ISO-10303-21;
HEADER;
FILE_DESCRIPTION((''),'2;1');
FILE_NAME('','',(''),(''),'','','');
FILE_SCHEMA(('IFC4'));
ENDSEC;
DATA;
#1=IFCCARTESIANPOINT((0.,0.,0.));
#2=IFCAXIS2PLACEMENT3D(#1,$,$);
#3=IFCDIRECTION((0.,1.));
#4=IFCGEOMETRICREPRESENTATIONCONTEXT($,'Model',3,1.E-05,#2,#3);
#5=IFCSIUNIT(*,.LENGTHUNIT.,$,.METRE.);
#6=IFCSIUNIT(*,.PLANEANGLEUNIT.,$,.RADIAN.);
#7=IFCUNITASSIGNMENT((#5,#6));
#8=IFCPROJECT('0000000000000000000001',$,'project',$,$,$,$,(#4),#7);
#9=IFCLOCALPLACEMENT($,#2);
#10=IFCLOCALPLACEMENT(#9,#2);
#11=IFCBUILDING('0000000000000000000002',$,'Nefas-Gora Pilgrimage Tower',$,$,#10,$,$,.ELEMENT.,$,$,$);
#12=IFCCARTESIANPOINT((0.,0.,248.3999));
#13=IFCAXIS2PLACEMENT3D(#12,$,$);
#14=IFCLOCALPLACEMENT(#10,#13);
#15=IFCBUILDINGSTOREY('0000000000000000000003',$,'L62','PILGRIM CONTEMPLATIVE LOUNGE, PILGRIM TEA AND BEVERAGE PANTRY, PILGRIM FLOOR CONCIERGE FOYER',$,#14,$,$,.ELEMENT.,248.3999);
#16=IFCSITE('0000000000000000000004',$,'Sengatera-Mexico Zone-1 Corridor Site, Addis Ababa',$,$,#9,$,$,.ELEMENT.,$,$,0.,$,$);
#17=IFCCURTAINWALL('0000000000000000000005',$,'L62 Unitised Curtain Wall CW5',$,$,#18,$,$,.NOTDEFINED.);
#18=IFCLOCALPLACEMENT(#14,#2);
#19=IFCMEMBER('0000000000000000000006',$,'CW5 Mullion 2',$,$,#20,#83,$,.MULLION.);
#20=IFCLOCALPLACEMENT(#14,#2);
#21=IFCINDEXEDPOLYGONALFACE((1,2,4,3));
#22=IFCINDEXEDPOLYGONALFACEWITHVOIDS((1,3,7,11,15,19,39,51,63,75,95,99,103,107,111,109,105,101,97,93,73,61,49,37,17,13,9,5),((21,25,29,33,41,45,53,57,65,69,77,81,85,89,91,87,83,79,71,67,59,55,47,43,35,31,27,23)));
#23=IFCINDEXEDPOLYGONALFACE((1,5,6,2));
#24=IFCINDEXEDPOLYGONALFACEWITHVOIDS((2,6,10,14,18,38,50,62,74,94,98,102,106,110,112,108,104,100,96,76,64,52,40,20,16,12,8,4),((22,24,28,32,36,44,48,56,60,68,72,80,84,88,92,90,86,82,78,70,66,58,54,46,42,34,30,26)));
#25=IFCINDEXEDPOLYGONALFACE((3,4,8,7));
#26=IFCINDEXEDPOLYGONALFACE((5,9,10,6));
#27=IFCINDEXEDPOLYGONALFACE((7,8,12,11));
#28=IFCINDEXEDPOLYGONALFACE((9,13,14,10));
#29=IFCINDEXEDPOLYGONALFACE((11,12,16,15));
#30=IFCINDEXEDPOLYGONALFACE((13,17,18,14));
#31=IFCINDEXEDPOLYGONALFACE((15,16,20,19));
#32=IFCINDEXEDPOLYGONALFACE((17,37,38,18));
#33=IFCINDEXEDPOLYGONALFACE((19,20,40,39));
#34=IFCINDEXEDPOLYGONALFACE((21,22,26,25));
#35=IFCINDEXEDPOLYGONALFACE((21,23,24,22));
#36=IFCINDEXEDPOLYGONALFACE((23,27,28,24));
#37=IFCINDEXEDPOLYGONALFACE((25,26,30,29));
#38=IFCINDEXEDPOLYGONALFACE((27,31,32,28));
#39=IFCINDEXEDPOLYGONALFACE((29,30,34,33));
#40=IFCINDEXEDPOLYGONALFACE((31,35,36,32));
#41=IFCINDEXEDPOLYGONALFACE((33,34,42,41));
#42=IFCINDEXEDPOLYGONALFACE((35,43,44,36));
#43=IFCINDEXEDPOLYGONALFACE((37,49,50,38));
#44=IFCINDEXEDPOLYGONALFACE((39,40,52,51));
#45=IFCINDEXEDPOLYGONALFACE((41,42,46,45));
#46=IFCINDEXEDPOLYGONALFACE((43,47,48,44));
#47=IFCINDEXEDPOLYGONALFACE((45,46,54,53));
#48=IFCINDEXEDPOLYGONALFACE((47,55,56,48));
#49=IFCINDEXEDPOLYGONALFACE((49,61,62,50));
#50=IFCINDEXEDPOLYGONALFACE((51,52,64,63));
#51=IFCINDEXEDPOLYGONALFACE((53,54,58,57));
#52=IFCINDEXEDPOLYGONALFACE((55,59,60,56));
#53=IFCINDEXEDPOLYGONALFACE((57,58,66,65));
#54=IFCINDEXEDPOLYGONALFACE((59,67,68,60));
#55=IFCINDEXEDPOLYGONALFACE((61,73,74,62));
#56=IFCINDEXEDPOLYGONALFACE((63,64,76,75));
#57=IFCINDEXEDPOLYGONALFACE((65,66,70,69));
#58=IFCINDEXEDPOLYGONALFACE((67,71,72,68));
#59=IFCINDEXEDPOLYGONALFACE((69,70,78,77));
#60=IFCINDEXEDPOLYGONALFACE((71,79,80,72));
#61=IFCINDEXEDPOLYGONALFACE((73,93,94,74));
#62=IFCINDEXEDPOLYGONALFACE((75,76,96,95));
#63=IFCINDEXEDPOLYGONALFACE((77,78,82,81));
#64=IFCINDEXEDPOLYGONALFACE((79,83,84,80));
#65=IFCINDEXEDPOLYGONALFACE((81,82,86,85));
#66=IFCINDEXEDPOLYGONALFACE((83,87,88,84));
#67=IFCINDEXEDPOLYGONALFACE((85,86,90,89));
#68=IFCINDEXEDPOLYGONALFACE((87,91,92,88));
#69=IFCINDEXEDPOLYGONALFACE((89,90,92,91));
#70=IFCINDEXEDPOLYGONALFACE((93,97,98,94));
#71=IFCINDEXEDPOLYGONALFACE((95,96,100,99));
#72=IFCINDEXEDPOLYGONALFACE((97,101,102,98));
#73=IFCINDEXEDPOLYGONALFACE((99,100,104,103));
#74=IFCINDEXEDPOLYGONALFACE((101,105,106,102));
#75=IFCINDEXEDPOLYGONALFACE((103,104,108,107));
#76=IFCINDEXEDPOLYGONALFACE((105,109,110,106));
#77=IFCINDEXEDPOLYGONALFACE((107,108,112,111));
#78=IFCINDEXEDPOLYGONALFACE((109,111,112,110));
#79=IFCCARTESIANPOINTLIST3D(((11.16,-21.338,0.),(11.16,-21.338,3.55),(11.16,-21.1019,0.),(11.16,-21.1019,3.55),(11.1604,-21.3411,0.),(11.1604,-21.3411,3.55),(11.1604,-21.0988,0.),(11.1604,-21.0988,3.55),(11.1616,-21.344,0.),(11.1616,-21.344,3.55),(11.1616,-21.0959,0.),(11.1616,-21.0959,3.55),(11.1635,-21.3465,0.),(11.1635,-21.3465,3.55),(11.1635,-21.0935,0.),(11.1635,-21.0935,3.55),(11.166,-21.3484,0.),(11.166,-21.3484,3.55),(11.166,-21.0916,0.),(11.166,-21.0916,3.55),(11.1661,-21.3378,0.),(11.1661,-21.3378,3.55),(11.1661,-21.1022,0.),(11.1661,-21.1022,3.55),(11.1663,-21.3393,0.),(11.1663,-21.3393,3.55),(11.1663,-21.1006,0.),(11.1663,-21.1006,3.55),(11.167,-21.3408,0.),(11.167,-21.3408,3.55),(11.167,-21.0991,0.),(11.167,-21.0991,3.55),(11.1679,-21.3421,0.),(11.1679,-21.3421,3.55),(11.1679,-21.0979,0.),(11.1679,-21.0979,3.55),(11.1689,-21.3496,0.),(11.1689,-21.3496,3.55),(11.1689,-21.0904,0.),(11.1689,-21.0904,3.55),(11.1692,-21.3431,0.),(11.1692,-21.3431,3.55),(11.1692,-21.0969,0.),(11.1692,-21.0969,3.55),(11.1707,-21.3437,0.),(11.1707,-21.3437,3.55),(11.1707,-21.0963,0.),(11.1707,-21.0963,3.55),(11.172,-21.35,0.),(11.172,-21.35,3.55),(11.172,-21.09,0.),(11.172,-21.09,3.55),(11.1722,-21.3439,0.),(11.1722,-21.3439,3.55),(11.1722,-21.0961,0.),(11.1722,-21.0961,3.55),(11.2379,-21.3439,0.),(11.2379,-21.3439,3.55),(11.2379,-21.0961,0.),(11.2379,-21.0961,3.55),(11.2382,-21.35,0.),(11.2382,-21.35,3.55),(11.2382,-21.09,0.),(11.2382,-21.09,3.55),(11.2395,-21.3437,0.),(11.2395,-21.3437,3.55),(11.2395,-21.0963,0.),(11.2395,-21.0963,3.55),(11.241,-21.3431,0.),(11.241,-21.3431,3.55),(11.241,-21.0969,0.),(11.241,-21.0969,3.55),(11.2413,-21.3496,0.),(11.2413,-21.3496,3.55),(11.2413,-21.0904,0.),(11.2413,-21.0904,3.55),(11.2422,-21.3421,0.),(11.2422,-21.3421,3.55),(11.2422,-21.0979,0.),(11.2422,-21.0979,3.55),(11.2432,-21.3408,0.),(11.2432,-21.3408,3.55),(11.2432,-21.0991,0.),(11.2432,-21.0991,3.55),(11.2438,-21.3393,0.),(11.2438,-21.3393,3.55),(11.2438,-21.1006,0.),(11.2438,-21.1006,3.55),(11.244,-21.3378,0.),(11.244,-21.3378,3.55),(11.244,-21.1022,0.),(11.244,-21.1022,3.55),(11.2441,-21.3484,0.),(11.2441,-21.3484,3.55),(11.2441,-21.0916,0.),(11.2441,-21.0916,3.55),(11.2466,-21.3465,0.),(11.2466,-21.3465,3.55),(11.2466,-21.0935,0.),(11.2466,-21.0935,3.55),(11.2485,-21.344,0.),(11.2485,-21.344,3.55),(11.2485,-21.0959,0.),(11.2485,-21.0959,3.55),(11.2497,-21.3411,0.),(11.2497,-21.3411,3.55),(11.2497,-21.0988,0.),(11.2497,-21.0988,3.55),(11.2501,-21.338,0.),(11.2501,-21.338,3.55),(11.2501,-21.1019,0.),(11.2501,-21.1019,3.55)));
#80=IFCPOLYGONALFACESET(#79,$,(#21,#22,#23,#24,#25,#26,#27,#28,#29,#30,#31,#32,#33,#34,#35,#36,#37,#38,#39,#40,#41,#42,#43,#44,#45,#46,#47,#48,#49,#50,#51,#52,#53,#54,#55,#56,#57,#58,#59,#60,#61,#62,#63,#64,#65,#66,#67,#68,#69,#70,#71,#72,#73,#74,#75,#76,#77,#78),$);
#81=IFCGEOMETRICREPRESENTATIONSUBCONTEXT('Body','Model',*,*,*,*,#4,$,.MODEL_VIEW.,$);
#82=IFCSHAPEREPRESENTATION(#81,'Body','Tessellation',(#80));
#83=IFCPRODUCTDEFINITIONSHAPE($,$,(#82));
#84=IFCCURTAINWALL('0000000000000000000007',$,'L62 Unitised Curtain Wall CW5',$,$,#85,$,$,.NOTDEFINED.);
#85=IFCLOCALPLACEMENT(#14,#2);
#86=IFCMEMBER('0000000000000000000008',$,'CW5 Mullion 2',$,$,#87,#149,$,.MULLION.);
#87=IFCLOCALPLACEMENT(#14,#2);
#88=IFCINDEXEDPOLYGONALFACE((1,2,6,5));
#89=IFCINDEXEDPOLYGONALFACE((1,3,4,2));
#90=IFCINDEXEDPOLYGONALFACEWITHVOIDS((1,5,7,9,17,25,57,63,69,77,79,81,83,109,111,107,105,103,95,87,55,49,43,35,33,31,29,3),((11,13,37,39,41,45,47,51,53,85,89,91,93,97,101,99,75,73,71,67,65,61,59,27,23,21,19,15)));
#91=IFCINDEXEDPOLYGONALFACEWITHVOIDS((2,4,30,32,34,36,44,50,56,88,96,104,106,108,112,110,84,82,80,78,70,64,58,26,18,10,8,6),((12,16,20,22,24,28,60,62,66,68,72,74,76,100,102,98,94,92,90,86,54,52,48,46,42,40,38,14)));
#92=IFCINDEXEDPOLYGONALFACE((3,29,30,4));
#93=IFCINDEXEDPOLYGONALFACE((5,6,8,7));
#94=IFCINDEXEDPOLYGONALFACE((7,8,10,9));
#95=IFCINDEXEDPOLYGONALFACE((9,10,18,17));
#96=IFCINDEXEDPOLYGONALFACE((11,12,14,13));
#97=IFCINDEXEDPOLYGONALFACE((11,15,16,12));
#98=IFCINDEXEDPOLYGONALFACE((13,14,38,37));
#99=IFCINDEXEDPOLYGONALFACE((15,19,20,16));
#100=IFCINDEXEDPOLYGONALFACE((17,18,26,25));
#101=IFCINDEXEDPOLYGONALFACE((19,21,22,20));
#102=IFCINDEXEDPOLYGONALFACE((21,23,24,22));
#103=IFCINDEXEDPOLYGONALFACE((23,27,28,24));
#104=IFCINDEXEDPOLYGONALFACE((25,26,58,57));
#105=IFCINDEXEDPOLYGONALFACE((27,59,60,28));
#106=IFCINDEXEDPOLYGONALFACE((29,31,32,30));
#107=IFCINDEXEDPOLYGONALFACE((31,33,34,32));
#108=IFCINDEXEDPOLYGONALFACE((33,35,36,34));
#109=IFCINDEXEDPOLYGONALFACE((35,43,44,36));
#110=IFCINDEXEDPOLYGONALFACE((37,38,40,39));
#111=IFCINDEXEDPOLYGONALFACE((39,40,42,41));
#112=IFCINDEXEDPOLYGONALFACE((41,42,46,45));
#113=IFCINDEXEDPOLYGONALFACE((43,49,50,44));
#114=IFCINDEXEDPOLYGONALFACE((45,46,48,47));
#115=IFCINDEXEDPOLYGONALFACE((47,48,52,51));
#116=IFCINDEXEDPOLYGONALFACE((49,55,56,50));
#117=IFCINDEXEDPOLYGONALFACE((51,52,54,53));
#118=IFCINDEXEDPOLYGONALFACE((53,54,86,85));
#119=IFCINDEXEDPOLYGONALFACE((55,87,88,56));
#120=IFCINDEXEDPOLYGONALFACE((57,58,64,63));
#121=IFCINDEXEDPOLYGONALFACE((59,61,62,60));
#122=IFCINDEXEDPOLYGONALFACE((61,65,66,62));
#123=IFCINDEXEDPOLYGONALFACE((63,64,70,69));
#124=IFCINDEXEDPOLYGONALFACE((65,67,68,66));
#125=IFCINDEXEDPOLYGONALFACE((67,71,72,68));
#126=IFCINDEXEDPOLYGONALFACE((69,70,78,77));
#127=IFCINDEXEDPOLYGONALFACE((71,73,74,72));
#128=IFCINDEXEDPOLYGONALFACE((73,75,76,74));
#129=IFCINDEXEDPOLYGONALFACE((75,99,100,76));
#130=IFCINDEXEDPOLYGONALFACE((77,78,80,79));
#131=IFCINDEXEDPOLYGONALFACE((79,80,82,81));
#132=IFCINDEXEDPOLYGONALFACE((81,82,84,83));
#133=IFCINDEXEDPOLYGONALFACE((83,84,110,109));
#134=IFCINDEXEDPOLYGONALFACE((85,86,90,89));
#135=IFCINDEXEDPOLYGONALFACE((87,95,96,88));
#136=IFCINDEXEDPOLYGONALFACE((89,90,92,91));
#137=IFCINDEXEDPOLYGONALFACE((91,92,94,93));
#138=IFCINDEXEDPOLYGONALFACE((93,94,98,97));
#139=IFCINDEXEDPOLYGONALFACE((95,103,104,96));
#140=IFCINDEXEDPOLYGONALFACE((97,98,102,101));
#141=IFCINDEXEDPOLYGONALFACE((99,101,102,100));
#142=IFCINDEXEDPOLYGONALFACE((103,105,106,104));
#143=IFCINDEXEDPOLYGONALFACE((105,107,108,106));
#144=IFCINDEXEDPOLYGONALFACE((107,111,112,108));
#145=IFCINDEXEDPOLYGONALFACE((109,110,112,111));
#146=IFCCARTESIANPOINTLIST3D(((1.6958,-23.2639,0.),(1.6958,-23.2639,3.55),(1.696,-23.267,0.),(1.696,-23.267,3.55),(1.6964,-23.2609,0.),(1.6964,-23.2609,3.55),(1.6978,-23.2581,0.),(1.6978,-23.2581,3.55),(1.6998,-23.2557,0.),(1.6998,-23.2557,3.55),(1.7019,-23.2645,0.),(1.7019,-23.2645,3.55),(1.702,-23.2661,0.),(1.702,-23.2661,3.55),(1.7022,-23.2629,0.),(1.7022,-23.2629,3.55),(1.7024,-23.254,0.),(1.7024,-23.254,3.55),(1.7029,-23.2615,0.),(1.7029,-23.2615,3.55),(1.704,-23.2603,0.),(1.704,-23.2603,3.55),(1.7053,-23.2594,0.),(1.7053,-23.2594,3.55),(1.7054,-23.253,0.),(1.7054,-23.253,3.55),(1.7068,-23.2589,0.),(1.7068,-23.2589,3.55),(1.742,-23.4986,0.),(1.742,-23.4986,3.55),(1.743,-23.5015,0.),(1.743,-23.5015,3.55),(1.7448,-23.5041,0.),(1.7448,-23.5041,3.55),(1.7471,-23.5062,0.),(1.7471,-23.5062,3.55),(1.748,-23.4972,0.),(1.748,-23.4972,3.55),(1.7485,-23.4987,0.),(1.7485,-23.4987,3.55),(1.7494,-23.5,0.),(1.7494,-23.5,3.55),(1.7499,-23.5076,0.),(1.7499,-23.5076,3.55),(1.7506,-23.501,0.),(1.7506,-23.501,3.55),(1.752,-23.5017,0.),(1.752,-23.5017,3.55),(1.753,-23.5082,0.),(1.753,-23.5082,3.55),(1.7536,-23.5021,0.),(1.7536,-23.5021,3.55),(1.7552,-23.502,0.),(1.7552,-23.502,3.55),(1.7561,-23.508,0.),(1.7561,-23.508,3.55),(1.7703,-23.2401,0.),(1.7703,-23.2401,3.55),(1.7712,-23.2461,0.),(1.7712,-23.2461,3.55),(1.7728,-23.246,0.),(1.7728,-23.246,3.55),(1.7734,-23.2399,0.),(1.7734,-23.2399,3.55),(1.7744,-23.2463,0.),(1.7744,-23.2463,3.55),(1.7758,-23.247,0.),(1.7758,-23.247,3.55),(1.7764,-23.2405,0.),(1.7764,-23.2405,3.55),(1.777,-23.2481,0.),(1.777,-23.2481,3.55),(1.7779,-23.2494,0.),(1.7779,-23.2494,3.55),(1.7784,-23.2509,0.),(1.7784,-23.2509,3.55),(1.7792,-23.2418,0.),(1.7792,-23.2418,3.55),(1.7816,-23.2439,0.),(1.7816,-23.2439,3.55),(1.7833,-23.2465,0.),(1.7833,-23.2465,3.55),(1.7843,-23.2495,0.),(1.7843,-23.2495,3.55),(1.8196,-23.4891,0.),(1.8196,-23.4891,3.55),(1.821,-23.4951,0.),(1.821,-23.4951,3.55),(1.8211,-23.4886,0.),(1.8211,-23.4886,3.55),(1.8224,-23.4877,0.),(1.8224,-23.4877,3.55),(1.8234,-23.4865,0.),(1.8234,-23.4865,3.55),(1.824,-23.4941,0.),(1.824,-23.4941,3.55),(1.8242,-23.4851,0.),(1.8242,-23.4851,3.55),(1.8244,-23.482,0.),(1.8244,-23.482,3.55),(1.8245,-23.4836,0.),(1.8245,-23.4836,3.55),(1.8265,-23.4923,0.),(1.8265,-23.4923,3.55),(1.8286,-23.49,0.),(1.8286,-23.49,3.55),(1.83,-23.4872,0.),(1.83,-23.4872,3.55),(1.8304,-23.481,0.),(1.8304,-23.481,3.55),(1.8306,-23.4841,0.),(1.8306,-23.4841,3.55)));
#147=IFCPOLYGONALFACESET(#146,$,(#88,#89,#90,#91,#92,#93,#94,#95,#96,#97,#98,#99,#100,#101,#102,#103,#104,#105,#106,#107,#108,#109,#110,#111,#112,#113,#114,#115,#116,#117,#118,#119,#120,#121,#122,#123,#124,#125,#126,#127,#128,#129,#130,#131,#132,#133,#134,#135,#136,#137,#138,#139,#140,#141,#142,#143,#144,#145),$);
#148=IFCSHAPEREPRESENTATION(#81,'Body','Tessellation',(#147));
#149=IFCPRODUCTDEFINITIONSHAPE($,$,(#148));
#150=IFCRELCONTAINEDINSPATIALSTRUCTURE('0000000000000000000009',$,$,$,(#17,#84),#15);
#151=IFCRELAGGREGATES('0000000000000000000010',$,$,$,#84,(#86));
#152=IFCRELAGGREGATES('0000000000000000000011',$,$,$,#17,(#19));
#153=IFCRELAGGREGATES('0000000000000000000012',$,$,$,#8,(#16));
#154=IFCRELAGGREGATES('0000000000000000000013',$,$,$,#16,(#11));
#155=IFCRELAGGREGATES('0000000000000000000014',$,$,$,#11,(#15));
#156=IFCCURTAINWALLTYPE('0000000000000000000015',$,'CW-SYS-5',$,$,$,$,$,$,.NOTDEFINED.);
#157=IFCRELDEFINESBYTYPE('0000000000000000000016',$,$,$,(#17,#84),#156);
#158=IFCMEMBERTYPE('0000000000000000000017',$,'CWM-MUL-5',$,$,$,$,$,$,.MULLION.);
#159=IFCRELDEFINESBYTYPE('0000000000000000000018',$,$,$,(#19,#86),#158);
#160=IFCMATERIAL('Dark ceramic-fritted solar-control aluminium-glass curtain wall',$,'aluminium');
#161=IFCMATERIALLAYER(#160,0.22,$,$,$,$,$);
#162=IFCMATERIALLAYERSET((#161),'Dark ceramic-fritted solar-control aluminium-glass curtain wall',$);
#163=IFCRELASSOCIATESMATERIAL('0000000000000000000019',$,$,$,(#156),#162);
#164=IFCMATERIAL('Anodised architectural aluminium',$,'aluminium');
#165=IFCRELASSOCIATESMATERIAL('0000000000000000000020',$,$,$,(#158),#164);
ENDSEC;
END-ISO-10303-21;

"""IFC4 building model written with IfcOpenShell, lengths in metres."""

from ifc_helpers import new_model, si_unit, direction, frame, origin, origin_2d, place, context, subcontext, project, spatial, hollow_rectangle, extrude, source, transform, mapped, material, layer, layer_set, material_profile, profile_set, type_object, element, aggregate, save


model = new_model("IFC4")

# Units and contexts
model_context = context("Model", 3, precision=1e-05, world=origin(), true_north=direction((0.0, 1.0)))
body_context = subcontext(model_context, "Body", "Model", "MODEL_VIEW")
ifc_project = project(units=[si_unit("LENGTHUNIT", "METRE"), si_unit("PLANEANGLEUNIT", "RADIAN")], contexts=[model_context])

# Site, building, storey
site_placement = place(None, origin())
site = spatial("IfcSite", under=ifc_project, at=site_placement, Name="Sengatera-Mexico Zone-1 Corridor Site, Addis Ababa", CompositionType="ELEMENT", RefElevation=0.0)
building_placement = place(site_placement, origin())
building = spatial("IfcBuilding", under=site, at=building_placement, Name="Nefas-Gora Pilgrimage Tower", CompositionType="ELEMENT")
storey_placement = place(building_placement, frame((0.0, 0.0, 248.3999)))
storey = spatial("IfcBuildingStorey", under=building, at=storey_placement, Name="L62", Description="PILGRIM CONTEMPLATIVE LOUNGE, PILGRIM TEA AND BEVERAGE PANTRY, PILGRIM FLOOR CONCIERGE FOYER", CompositionType="ELEMENT", Elevation=248.3999)

# Curtain wall, member
ifc_material_1 = material(Name="Dark ceramic-fritted solar-control aluminium-glass curtain wall", Category="aluminium")
ifc_layer_1 = layer(ifc_material_1, 0.22)
ifc_layer_set_1 = layer_set([ifc_layer_1], Name="Dark ceramic-fritted solar-control aluminium-glass curtain wall")
curtain_wall_type = type_object("IfcCurtainWallType", Name="CW-SYS-5", PredefinedType="NOTDEFINED", material=ifc_layer_set_1)
curtain_wall_1_placement = place(storey_placement, origin())
curtain_wall_1 = element("IfcCurtainWall", 1, at=curtain_wall_1_placement, inside=storey, type_object=curtain_wall_type, Name="L62 Unitised Curtain Wall CW5", PredefinedType="NOTDEFINED")
ifc_material_2 = material(Name="Anodised architectural aluminium", Category="aluminium")
ifc_material_profile_1 = material_profile(ifc_material_2, hollow_rectangle(XDim=0.0901, YDim=0.26, WallThickness=0.0061, InnerFilletRadius=0.0061, OuterFilletRadius=0.012, at=origin_2d()), Name="ALU MULLION 90x260")
ifc_profile_set_1 = profile_set([ifc_material_profile_1], Name="Anodised architectural aluminium")
member_type_1 = type_object("IfcMemberType", Name="CWM-MUL-5", PredefinedType="MULLION", material=ifc_profile_set_1)
shared_shape_1 = source(origin(), body_context, "Body", "SweptSolid", [
    extrude(hollow_rectangle(XDim=0.0901, YDim=0.26, WallThickness=0.0061, InnerFilletRadius=0.0061, OuterFilletRadius=0.012, at=origin_2d()), origin(), (0.0, 0.0, 1.0), 3.55),
])
member_1_placement = place(storey_placement, frame((11.2051, -21.22, 0.0), z_axis=(0.0, 0.0, 1.0), x_axis=(1.0, 0.0, 0.0)))
member_1 = element("IfcMember", 2, at=member_1_placement, type_object=member_type_1, Name="CW5 Mullion 2", PredefinedType="MULLION", context=body_context, shape_type="MappedRepresentation", body=[
    mapped(shared_shape_1, transform((0.0, 0.0, 0.0), x_axis=(1.0, 0.0, 0.0), y_axis=(0.0, 1.0, 0.0), z_axis=(0.0, 0.0, 1.0), scale=1.0)),
])

# Curtain wall, member
curtain_wall_2_placement = place(storey_placement, origin())
curtain_wall_2 = element("IfcCurtainWall", 3, at=curtain_wall_2_placement, inside=storey, type_object=curtain_wall_type, Name="L62 Unitised Curtain Wall CW5", PredefinedType="NOTDEFINED")
member_2_placement = place(storey_placement, frame((1.7632, -23.374, 0.0), z_axis=(0.0, 0.0, 1.0), x_axis=(0.980783, 0.195102, 0.0)))
member_2 = element("IfcMember", 4, at=member_2_placement, type_object=member_type_1, Name="CW5 Mullion 2", PredefinedType="MULLION", context=body_context, shape_type="MappedRepresentation", body=[
    mapped(shared_shape_1, transform((0.0, 0.0, 0.0), x_axis=(1.0, 0.0, 0.0), y_axis=(0.0, 1.0, 0.0), z_axis=(0.0, 0.0, 1.0), scale=1.0)),
])
aggregate(curtain_wall_2, [member_2])

aggregate(curtain_wall_1, [member_1])

save(model, "model.ifc")
